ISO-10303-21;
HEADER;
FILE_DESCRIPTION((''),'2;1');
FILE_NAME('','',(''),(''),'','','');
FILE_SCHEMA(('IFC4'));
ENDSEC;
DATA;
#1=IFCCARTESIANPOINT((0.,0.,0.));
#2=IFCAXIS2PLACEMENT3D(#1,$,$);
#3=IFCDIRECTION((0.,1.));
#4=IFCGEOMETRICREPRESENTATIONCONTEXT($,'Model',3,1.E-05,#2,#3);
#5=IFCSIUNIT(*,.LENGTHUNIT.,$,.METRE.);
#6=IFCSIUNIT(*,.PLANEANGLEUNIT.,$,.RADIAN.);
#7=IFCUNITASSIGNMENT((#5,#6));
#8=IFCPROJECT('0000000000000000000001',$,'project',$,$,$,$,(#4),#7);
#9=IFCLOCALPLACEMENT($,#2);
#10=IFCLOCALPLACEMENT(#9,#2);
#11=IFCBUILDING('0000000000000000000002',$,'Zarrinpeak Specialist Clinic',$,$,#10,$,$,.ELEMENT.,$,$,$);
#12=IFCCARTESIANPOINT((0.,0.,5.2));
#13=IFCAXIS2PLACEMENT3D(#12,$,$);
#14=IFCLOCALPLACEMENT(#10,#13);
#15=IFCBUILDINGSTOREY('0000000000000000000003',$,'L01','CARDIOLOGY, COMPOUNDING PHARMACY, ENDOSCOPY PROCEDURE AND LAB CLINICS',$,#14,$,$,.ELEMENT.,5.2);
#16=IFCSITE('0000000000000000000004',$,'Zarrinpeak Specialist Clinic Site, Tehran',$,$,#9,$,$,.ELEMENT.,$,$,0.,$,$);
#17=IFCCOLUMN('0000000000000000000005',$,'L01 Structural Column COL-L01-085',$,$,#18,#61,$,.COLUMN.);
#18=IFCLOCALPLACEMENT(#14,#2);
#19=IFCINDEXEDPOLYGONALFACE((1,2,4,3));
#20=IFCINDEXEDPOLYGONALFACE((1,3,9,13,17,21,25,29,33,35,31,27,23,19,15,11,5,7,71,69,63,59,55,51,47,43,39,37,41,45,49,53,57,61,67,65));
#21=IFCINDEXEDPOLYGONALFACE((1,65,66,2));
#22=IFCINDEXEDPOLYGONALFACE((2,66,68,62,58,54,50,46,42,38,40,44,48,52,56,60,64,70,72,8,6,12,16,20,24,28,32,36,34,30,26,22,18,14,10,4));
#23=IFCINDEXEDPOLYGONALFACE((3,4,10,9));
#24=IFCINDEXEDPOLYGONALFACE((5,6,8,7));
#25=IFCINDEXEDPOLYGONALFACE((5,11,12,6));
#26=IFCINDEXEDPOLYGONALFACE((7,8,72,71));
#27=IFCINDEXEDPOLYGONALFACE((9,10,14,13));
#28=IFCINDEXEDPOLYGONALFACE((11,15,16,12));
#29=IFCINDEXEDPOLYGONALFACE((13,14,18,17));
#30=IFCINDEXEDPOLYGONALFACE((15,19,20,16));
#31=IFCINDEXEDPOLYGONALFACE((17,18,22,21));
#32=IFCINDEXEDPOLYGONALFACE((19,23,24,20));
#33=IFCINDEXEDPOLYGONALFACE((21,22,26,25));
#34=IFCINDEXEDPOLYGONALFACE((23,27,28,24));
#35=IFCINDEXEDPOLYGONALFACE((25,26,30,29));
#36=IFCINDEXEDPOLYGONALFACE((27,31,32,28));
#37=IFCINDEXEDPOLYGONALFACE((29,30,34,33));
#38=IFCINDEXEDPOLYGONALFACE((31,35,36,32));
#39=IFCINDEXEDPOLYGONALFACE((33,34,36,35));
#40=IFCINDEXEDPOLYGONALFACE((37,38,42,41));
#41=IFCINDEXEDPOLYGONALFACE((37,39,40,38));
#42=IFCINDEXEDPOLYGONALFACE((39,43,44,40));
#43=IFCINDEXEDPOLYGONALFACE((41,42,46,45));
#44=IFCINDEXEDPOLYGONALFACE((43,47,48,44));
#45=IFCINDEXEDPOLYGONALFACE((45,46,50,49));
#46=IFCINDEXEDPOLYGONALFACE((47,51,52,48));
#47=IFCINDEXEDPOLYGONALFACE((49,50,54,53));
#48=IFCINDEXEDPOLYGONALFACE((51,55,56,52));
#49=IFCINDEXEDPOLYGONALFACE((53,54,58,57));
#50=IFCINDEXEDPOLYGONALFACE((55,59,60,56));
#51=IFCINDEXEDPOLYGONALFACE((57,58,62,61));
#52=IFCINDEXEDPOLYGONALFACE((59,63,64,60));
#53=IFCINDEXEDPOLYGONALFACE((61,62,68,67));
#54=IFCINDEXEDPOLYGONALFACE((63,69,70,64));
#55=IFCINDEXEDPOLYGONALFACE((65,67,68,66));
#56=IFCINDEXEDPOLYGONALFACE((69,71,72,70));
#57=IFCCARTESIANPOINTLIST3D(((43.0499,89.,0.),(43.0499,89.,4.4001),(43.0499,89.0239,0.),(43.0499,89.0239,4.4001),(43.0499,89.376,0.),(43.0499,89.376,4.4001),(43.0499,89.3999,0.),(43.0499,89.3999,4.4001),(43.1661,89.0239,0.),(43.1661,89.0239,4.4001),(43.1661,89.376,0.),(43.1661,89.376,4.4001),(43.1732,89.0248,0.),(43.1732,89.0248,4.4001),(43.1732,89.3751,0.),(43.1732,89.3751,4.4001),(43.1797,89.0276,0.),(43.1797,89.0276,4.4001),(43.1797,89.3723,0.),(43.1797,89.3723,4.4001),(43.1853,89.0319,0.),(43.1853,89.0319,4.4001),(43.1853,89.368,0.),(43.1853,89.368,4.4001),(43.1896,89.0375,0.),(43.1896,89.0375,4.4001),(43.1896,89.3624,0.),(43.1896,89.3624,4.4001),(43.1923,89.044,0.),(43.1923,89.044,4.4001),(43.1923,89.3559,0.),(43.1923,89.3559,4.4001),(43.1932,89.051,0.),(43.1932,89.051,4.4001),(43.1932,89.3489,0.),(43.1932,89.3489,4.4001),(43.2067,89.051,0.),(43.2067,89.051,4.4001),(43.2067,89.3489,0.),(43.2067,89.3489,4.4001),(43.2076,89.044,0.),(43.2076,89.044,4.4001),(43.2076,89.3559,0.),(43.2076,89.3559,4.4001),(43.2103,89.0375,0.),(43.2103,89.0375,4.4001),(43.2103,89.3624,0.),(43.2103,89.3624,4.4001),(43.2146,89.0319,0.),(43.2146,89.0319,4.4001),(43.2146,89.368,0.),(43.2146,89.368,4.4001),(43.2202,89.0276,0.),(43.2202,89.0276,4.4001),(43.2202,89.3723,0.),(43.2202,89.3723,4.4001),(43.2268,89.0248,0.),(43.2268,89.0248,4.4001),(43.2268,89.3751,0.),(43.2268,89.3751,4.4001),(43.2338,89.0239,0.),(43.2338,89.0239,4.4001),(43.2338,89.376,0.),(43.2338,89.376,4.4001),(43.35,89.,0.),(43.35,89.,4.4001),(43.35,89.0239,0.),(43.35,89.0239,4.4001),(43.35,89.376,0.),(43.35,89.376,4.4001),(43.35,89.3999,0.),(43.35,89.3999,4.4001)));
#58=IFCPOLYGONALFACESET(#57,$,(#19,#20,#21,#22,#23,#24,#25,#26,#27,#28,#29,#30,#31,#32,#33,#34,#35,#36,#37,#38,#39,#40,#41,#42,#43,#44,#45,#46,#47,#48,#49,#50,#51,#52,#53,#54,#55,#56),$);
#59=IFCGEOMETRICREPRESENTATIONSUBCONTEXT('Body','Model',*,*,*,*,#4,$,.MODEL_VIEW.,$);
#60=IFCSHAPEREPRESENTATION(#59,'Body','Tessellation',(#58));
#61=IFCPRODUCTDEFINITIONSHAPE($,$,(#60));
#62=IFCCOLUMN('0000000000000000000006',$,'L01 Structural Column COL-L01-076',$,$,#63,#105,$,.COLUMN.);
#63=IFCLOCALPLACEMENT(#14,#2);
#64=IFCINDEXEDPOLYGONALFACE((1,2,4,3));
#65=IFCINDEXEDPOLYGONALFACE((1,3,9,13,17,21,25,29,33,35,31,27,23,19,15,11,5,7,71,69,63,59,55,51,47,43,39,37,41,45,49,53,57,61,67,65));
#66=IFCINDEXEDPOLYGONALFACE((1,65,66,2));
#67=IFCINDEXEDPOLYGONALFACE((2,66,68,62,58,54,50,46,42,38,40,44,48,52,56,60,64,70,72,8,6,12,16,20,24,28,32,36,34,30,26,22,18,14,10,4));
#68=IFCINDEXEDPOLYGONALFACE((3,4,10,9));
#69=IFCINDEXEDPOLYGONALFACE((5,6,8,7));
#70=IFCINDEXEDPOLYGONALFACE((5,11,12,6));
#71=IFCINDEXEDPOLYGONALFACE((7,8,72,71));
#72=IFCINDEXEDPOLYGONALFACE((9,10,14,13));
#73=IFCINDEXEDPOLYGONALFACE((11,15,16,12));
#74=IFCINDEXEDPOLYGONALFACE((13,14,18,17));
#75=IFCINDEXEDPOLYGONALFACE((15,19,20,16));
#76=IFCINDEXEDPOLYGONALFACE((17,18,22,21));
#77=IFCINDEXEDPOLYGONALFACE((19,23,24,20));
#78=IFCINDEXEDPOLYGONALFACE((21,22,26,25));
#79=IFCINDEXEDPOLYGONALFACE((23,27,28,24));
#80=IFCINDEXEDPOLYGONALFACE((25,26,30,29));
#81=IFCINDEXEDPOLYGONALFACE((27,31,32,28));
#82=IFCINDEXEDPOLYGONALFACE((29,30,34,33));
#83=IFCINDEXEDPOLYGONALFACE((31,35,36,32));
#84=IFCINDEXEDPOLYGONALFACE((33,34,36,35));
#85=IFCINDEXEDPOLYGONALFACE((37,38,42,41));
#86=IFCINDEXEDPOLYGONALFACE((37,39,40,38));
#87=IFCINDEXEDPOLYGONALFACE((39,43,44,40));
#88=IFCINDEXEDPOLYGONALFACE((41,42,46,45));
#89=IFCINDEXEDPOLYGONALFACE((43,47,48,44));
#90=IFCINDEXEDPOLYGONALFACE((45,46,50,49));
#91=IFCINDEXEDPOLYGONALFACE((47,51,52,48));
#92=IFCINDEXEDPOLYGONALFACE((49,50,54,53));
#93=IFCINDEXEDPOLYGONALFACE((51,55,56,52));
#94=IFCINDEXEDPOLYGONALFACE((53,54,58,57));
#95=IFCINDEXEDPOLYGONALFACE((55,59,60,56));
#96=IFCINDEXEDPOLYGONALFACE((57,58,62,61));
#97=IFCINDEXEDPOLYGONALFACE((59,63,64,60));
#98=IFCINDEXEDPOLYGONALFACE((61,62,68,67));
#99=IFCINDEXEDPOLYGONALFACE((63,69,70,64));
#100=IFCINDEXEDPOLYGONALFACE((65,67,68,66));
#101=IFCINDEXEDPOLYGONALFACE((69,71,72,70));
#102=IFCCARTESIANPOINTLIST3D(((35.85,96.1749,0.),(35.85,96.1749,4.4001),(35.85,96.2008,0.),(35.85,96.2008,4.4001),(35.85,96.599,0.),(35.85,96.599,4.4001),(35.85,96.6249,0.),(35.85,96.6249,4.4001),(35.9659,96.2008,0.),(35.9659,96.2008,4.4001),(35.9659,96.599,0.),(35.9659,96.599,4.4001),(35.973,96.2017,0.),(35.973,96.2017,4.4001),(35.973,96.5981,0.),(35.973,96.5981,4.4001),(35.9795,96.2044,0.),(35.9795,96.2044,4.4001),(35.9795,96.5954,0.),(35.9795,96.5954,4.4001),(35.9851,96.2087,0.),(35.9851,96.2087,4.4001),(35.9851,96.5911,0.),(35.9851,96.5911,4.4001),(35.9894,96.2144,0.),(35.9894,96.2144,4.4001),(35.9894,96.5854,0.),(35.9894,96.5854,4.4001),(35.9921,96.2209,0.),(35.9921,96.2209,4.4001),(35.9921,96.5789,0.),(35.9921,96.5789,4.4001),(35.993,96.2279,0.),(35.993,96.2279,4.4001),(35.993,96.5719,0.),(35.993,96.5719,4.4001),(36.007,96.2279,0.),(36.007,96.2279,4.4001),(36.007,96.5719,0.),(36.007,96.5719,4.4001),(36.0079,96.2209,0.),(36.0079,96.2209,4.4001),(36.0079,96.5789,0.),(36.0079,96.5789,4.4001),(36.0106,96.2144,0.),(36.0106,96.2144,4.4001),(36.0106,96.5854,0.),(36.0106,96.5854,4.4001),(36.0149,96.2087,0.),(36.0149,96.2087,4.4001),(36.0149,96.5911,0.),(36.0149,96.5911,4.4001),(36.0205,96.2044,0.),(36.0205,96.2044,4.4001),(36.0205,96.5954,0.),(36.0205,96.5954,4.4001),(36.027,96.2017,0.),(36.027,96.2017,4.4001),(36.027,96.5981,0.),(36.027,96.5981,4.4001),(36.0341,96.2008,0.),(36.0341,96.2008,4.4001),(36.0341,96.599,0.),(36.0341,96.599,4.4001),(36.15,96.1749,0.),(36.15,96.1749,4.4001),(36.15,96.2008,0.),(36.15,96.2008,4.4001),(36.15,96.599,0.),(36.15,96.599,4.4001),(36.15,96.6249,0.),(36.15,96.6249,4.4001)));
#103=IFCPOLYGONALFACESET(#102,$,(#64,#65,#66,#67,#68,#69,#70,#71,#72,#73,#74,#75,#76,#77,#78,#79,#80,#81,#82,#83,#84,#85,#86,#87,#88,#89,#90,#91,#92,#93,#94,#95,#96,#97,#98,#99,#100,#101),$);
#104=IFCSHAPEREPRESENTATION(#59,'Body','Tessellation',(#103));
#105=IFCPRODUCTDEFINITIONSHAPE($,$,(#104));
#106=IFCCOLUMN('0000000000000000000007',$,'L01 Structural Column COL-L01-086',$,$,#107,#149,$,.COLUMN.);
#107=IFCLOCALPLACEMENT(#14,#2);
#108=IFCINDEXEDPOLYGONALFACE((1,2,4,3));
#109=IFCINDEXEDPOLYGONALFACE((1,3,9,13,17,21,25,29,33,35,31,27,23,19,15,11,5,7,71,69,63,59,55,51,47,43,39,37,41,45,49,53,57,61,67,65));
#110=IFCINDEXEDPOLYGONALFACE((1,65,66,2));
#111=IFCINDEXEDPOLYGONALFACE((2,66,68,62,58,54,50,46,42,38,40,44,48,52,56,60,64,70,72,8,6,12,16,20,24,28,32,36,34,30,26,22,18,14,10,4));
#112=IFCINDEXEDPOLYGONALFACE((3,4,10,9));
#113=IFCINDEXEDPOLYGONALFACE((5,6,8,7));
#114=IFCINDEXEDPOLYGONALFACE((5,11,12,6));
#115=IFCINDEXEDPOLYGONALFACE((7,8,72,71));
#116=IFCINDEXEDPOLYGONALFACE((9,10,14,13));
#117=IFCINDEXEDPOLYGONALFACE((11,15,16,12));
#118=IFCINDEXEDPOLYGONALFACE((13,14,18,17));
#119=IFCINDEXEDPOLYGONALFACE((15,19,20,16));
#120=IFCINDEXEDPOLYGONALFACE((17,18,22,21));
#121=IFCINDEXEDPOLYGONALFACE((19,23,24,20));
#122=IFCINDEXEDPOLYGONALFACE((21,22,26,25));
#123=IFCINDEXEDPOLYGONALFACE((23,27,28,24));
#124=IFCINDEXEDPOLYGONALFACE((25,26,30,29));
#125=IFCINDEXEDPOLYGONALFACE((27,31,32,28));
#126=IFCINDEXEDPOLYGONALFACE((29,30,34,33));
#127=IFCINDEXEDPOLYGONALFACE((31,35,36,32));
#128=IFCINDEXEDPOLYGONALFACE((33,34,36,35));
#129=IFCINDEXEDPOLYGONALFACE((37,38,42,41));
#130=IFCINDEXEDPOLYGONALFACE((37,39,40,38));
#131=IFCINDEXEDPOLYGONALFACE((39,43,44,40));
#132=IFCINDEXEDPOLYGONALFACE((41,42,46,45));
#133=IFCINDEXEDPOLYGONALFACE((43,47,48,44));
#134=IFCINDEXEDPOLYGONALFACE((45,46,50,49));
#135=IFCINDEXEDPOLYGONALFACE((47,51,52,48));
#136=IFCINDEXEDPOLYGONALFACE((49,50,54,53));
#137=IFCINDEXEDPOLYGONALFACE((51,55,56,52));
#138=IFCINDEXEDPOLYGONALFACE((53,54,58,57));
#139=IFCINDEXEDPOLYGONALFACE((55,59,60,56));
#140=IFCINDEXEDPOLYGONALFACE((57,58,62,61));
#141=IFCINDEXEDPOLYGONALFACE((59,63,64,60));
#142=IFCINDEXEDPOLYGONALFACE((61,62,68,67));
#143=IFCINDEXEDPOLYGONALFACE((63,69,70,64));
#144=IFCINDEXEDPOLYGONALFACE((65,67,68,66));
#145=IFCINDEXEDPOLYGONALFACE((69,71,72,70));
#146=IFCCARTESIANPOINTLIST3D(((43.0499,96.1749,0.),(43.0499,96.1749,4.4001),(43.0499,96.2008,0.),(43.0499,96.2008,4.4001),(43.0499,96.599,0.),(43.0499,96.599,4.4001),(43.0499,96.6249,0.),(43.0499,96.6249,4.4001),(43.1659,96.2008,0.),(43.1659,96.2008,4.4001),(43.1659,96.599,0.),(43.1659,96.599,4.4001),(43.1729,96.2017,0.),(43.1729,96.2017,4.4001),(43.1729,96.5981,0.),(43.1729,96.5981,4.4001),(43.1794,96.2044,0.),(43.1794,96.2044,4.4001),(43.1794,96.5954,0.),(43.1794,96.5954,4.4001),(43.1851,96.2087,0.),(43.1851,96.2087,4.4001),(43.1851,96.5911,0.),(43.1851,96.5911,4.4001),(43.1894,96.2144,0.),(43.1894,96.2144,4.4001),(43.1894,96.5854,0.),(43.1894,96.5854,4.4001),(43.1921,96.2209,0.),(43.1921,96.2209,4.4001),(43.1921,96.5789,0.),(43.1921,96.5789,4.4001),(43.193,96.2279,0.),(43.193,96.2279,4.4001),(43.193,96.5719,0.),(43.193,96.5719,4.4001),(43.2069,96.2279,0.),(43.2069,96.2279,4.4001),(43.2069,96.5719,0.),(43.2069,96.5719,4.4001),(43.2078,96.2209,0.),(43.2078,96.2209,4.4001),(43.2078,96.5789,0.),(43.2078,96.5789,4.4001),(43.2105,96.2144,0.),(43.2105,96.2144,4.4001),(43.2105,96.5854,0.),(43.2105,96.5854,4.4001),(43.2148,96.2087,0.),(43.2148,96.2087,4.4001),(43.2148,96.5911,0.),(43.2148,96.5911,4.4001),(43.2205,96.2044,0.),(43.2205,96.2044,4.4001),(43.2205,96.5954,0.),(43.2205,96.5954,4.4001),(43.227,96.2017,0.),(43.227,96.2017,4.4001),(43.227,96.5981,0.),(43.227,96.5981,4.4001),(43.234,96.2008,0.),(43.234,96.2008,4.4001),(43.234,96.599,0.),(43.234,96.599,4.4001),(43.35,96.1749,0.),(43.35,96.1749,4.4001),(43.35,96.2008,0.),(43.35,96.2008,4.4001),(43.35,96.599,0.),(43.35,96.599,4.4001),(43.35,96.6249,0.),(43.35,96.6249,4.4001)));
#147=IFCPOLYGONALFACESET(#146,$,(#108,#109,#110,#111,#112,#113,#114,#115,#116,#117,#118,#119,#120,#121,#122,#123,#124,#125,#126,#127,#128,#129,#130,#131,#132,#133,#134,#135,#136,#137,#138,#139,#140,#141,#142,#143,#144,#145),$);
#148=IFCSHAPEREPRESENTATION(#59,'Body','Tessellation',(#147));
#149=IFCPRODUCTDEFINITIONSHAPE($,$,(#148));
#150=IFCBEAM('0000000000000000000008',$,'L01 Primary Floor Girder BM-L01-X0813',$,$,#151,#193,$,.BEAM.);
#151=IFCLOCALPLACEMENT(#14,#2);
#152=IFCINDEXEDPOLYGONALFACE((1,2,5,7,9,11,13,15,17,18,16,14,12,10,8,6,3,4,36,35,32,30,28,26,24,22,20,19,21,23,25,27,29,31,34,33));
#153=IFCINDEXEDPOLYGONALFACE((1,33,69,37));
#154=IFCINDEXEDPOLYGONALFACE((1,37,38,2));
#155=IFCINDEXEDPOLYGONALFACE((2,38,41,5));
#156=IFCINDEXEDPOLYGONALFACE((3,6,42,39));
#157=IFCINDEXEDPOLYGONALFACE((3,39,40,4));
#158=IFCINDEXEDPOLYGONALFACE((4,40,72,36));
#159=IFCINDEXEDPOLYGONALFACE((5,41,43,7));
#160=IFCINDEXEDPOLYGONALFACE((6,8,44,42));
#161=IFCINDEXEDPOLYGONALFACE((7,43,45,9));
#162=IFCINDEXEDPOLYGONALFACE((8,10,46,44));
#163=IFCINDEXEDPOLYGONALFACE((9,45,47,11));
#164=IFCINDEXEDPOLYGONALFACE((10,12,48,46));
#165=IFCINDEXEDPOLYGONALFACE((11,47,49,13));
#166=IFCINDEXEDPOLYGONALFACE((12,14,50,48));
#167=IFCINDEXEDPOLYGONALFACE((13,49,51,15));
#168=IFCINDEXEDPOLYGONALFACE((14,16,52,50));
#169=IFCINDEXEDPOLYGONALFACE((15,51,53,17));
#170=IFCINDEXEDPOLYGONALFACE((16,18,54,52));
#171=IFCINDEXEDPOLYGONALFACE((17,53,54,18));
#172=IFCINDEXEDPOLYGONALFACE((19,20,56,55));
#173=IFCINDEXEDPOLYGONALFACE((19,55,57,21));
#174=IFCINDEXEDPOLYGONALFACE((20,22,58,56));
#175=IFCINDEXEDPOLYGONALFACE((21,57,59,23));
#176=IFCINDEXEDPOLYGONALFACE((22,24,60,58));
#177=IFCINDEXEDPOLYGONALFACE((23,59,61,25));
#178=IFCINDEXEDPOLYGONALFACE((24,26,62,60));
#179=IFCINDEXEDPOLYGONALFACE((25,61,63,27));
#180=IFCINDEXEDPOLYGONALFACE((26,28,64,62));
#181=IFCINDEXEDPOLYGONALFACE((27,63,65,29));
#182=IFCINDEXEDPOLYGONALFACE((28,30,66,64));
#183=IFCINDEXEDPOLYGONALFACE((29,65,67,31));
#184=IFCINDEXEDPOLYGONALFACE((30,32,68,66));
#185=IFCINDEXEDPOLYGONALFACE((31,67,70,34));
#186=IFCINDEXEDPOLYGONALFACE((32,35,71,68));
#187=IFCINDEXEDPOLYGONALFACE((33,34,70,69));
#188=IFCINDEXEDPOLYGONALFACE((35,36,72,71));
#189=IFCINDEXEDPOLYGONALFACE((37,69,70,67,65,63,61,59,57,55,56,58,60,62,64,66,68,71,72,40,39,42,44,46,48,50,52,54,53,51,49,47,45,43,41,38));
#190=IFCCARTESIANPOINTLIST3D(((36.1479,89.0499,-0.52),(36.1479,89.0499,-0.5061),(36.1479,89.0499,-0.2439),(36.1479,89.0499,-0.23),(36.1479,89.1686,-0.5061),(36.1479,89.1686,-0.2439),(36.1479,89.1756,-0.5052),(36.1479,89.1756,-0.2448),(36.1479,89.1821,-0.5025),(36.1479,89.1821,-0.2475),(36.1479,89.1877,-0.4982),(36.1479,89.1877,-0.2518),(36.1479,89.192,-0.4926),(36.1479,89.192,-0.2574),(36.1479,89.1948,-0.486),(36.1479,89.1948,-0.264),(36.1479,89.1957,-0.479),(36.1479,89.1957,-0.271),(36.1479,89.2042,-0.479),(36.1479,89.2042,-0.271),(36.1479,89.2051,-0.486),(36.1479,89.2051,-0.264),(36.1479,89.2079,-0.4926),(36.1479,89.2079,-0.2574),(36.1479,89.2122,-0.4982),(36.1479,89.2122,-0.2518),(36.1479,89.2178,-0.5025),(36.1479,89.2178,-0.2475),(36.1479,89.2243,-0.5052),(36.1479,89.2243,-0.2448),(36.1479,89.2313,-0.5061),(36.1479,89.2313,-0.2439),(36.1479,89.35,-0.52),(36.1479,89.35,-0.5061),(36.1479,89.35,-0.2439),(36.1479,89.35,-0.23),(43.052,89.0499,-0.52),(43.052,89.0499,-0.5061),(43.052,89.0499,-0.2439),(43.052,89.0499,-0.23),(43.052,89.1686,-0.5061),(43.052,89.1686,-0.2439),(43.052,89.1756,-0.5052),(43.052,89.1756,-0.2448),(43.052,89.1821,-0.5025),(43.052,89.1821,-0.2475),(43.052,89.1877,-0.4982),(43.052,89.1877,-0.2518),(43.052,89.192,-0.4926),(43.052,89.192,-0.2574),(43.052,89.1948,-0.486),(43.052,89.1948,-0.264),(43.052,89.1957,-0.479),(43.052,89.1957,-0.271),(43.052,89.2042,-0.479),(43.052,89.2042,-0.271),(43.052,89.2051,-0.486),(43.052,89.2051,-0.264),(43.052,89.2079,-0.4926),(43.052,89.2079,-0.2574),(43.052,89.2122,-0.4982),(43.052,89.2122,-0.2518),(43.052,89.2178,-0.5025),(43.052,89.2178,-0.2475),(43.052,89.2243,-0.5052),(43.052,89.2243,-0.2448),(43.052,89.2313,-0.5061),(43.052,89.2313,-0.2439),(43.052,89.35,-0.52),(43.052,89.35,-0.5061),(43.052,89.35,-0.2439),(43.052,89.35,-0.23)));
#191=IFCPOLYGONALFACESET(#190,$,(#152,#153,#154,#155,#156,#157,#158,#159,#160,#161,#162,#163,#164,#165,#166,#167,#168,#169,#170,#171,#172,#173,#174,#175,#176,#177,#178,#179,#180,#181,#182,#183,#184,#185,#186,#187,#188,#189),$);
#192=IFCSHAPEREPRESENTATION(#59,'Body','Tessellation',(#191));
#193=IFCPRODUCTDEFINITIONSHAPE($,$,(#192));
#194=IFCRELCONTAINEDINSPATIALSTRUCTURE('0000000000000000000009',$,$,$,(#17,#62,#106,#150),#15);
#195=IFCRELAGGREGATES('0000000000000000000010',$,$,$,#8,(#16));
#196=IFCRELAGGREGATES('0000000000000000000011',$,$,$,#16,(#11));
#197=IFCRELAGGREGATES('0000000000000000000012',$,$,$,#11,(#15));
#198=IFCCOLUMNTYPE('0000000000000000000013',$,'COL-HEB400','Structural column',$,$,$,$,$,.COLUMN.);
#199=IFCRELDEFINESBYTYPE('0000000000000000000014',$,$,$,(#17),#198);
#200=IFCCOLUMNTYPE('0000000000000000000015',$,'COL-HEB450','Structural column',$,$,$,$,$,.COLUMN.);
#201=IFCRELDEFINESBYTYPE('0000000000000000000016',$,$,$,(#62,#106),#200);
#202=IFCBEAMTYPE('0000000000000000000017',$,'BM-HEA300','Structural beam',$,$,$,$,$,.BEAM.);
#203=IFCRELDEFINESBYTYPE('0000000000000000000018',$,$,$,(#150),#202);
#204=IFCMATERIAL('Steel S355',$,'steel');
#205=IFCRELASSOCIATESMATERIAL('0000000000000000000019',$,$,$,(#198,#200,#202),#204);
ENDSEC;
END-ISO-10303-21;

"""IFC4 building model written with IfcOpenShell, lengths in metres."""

from ifc_helpers import new_model, si_unit, direction, frame, origin, origin_2d, place, context, subcontext, project, spatial, i_section, extrude, material, material_profile, profile_set, type_object, element, save


model = new_model("IFC4")

# Units and contexts
model_context = context("Model", 3, precision=1e-05, world=origin(), true_north=direction((0.0, 1.0)))
body_context = subcontext(model_context, "Body", "Model", "MODEL_VIEW")
ifc_project = project(units=[si_unit("LENGTHUNIT", "METRE"), si_unit("PLANEANGLEUNIT", "RADIAN")], contexts=[model_context])

# Site, building, storey
site_placement = place(None, origin())
site = spatial("IfcSite", under=ifc_project, at=site_placement, Name="Zarrinpeak Specialist Clinic Site, Tehran", CompositionType="ELEMENT", RefElevation=0.0)
building_placement = place(site_placement, origin())
building = spatial("IfcBuilding", under=site, at=building_placement, Name="Zarrinpeak Specialist Clinic", CompositionType="ELEMENT")
storey_placement = place(building_placement, frame((0.0, 0.0, 5.2)))
storey = spatial("IfcBuildingStorey", under=building, at=storey_placement, Name="L01", Description="CARDIOLOGY, COMPOUNDING PHARMACY, ENDOSCOPY PROCEDURE AND LAB CLINICS", CompositionType="ELEMENT", Elevation=5.2)

# Columns
ifc_material_1 = material(Name="Steel S355", Category="steel")
ifc_material_profile_1 = material_profile(ifc_material_1, i_section(OverallWidth=0.3, OverallDepth=0.3999, WebThickness=0.0134, FlangeThickness=0.0239, FilletRadius=0.0271, at=origin_2d()), Name="HEB 400")
ifc_profile_set_1 = profile_set([ifc_material_profile_1], Name="Steel S355")
column_type_1 = type_object("IfcColumnType", Name="COL-HEB400", Description="Structural column", PredefinedType="COLUMN", material=ifc_profile_set_1)
column_placement = place(storey_placement, frame((43.2, 89.2, 0.0), z_axis=(0.0, 0.0, 1.0), x_axis=(1.0, 0.0, 0.0)))
element("IfcColumn", 1, at=column_placement, inside=storey, type_object=column_type_1, Name="L01 Structural Column COL-L01-085", PredefinedType="COLUMN", context=body_context, shape_type="SweptSolid", body=[
    extrude(i_section(OverallWidth=0.3, OverallDepth=0.3999, WebThickness=0.0134, FlangeThickness=0.0239, FilletRadius=0.0271, at=origin_2d()), origin(), (0.0, 0.0, 1.0), 4.4001),
])
ifc_material_profile_2 = material_profile(ifc_material_1, i_section(OverallWidth=0.3, OverallDepth=0.45, WebThickness=0.0139, FlangeThickness=0.0259, FilletRadius=0.0271, at=origin_2d()), Name="HEB 450")
ifc_profile_set_2 = profile_set([ifc_material_profile_2], Name="Steel S355")
column_type_2 = type_object("IfcColumnType", Name="COL-HEB450", Description="Structural column", PredefinedType="COLUMN", material=ifc_profile_set_2)
for number, where, z_axis, x_axis, name in (
    (2, (36.0, 96.3999, 0.0), (0.0, 0.0, 1.0), (1.0, 0.0, 0.0), "L01 Structural Column COL-L01-076"),
    (3, (43.2, 96.3999, 0.0), (0.0, 0.0, 1.0), (1.0, 0.0, 0.0), "L01 Structural Column COL-L01-086"),
):
    element("IfcColumn", number, at=place(storey_placement, frame(where, z_axis=z_axis, x_axis=x_axis)), inside=storey, type_object=column_type_2, Name=name, PredefinedType="COLUMN", context=body_context, shape_type="SweptSolid", body=[
        extrude(i_section(OverallWidth=0.3, OverallDepth=0.45, WebThickness=0.0139, FlangeThickness=0.0259, FilletRadius=0.0271, at=origin_2d()), origin(), (0.0, 0.0, 1.0), 4.4001),
    ])

# Beam
ifc_material_profile_3 = material_profile(ifc_material_1, i_section(OverallWidth=0.3, OverallDepth=0.29, WebThickness=0.0085, FlangeThickness=0.0139, FilletRadius=0.0271, at=origin_2d()), Name="HEA 300")
ifc_profile_set_3 = profile_set([ifc_material_profile_3], Name="Steel S355")
beam_type_1 = type_object("IfcBeamType", Name="BM-HEA300", Description="Structural beam", PredefinedType="BEAM", material=ifc_profile_set_3)
for number, where, z_axis, x_axis, name in (
    (4, (36.1479, 89.2, -0.375), (1.0, 0.0, 0.0), (0.0, 1.0, 0.0), "L01 Primary Floor Girder BM-L01-X0813"),
):
    element("IfcBeam", number, at=place(storey_placement, frame(where, z_axis=z_axis, x_axis=x_axis)), inside=storey, type_object=beam_type_1, Name=name, PredefinedType="BEAM", context=body_context, shape_type="SweptSolid", body=[
        extrude(i_section(OverallWidth=0.3, OverallDepth=0.29, WebThickness=0.0085, FlangeThickness=0.0139, FilletRadius=0.0271, at=origin_2d()), origin(), (0.0, 0.0, 1.0), 6.9041),
    ])

save(model, "model.ifc")
